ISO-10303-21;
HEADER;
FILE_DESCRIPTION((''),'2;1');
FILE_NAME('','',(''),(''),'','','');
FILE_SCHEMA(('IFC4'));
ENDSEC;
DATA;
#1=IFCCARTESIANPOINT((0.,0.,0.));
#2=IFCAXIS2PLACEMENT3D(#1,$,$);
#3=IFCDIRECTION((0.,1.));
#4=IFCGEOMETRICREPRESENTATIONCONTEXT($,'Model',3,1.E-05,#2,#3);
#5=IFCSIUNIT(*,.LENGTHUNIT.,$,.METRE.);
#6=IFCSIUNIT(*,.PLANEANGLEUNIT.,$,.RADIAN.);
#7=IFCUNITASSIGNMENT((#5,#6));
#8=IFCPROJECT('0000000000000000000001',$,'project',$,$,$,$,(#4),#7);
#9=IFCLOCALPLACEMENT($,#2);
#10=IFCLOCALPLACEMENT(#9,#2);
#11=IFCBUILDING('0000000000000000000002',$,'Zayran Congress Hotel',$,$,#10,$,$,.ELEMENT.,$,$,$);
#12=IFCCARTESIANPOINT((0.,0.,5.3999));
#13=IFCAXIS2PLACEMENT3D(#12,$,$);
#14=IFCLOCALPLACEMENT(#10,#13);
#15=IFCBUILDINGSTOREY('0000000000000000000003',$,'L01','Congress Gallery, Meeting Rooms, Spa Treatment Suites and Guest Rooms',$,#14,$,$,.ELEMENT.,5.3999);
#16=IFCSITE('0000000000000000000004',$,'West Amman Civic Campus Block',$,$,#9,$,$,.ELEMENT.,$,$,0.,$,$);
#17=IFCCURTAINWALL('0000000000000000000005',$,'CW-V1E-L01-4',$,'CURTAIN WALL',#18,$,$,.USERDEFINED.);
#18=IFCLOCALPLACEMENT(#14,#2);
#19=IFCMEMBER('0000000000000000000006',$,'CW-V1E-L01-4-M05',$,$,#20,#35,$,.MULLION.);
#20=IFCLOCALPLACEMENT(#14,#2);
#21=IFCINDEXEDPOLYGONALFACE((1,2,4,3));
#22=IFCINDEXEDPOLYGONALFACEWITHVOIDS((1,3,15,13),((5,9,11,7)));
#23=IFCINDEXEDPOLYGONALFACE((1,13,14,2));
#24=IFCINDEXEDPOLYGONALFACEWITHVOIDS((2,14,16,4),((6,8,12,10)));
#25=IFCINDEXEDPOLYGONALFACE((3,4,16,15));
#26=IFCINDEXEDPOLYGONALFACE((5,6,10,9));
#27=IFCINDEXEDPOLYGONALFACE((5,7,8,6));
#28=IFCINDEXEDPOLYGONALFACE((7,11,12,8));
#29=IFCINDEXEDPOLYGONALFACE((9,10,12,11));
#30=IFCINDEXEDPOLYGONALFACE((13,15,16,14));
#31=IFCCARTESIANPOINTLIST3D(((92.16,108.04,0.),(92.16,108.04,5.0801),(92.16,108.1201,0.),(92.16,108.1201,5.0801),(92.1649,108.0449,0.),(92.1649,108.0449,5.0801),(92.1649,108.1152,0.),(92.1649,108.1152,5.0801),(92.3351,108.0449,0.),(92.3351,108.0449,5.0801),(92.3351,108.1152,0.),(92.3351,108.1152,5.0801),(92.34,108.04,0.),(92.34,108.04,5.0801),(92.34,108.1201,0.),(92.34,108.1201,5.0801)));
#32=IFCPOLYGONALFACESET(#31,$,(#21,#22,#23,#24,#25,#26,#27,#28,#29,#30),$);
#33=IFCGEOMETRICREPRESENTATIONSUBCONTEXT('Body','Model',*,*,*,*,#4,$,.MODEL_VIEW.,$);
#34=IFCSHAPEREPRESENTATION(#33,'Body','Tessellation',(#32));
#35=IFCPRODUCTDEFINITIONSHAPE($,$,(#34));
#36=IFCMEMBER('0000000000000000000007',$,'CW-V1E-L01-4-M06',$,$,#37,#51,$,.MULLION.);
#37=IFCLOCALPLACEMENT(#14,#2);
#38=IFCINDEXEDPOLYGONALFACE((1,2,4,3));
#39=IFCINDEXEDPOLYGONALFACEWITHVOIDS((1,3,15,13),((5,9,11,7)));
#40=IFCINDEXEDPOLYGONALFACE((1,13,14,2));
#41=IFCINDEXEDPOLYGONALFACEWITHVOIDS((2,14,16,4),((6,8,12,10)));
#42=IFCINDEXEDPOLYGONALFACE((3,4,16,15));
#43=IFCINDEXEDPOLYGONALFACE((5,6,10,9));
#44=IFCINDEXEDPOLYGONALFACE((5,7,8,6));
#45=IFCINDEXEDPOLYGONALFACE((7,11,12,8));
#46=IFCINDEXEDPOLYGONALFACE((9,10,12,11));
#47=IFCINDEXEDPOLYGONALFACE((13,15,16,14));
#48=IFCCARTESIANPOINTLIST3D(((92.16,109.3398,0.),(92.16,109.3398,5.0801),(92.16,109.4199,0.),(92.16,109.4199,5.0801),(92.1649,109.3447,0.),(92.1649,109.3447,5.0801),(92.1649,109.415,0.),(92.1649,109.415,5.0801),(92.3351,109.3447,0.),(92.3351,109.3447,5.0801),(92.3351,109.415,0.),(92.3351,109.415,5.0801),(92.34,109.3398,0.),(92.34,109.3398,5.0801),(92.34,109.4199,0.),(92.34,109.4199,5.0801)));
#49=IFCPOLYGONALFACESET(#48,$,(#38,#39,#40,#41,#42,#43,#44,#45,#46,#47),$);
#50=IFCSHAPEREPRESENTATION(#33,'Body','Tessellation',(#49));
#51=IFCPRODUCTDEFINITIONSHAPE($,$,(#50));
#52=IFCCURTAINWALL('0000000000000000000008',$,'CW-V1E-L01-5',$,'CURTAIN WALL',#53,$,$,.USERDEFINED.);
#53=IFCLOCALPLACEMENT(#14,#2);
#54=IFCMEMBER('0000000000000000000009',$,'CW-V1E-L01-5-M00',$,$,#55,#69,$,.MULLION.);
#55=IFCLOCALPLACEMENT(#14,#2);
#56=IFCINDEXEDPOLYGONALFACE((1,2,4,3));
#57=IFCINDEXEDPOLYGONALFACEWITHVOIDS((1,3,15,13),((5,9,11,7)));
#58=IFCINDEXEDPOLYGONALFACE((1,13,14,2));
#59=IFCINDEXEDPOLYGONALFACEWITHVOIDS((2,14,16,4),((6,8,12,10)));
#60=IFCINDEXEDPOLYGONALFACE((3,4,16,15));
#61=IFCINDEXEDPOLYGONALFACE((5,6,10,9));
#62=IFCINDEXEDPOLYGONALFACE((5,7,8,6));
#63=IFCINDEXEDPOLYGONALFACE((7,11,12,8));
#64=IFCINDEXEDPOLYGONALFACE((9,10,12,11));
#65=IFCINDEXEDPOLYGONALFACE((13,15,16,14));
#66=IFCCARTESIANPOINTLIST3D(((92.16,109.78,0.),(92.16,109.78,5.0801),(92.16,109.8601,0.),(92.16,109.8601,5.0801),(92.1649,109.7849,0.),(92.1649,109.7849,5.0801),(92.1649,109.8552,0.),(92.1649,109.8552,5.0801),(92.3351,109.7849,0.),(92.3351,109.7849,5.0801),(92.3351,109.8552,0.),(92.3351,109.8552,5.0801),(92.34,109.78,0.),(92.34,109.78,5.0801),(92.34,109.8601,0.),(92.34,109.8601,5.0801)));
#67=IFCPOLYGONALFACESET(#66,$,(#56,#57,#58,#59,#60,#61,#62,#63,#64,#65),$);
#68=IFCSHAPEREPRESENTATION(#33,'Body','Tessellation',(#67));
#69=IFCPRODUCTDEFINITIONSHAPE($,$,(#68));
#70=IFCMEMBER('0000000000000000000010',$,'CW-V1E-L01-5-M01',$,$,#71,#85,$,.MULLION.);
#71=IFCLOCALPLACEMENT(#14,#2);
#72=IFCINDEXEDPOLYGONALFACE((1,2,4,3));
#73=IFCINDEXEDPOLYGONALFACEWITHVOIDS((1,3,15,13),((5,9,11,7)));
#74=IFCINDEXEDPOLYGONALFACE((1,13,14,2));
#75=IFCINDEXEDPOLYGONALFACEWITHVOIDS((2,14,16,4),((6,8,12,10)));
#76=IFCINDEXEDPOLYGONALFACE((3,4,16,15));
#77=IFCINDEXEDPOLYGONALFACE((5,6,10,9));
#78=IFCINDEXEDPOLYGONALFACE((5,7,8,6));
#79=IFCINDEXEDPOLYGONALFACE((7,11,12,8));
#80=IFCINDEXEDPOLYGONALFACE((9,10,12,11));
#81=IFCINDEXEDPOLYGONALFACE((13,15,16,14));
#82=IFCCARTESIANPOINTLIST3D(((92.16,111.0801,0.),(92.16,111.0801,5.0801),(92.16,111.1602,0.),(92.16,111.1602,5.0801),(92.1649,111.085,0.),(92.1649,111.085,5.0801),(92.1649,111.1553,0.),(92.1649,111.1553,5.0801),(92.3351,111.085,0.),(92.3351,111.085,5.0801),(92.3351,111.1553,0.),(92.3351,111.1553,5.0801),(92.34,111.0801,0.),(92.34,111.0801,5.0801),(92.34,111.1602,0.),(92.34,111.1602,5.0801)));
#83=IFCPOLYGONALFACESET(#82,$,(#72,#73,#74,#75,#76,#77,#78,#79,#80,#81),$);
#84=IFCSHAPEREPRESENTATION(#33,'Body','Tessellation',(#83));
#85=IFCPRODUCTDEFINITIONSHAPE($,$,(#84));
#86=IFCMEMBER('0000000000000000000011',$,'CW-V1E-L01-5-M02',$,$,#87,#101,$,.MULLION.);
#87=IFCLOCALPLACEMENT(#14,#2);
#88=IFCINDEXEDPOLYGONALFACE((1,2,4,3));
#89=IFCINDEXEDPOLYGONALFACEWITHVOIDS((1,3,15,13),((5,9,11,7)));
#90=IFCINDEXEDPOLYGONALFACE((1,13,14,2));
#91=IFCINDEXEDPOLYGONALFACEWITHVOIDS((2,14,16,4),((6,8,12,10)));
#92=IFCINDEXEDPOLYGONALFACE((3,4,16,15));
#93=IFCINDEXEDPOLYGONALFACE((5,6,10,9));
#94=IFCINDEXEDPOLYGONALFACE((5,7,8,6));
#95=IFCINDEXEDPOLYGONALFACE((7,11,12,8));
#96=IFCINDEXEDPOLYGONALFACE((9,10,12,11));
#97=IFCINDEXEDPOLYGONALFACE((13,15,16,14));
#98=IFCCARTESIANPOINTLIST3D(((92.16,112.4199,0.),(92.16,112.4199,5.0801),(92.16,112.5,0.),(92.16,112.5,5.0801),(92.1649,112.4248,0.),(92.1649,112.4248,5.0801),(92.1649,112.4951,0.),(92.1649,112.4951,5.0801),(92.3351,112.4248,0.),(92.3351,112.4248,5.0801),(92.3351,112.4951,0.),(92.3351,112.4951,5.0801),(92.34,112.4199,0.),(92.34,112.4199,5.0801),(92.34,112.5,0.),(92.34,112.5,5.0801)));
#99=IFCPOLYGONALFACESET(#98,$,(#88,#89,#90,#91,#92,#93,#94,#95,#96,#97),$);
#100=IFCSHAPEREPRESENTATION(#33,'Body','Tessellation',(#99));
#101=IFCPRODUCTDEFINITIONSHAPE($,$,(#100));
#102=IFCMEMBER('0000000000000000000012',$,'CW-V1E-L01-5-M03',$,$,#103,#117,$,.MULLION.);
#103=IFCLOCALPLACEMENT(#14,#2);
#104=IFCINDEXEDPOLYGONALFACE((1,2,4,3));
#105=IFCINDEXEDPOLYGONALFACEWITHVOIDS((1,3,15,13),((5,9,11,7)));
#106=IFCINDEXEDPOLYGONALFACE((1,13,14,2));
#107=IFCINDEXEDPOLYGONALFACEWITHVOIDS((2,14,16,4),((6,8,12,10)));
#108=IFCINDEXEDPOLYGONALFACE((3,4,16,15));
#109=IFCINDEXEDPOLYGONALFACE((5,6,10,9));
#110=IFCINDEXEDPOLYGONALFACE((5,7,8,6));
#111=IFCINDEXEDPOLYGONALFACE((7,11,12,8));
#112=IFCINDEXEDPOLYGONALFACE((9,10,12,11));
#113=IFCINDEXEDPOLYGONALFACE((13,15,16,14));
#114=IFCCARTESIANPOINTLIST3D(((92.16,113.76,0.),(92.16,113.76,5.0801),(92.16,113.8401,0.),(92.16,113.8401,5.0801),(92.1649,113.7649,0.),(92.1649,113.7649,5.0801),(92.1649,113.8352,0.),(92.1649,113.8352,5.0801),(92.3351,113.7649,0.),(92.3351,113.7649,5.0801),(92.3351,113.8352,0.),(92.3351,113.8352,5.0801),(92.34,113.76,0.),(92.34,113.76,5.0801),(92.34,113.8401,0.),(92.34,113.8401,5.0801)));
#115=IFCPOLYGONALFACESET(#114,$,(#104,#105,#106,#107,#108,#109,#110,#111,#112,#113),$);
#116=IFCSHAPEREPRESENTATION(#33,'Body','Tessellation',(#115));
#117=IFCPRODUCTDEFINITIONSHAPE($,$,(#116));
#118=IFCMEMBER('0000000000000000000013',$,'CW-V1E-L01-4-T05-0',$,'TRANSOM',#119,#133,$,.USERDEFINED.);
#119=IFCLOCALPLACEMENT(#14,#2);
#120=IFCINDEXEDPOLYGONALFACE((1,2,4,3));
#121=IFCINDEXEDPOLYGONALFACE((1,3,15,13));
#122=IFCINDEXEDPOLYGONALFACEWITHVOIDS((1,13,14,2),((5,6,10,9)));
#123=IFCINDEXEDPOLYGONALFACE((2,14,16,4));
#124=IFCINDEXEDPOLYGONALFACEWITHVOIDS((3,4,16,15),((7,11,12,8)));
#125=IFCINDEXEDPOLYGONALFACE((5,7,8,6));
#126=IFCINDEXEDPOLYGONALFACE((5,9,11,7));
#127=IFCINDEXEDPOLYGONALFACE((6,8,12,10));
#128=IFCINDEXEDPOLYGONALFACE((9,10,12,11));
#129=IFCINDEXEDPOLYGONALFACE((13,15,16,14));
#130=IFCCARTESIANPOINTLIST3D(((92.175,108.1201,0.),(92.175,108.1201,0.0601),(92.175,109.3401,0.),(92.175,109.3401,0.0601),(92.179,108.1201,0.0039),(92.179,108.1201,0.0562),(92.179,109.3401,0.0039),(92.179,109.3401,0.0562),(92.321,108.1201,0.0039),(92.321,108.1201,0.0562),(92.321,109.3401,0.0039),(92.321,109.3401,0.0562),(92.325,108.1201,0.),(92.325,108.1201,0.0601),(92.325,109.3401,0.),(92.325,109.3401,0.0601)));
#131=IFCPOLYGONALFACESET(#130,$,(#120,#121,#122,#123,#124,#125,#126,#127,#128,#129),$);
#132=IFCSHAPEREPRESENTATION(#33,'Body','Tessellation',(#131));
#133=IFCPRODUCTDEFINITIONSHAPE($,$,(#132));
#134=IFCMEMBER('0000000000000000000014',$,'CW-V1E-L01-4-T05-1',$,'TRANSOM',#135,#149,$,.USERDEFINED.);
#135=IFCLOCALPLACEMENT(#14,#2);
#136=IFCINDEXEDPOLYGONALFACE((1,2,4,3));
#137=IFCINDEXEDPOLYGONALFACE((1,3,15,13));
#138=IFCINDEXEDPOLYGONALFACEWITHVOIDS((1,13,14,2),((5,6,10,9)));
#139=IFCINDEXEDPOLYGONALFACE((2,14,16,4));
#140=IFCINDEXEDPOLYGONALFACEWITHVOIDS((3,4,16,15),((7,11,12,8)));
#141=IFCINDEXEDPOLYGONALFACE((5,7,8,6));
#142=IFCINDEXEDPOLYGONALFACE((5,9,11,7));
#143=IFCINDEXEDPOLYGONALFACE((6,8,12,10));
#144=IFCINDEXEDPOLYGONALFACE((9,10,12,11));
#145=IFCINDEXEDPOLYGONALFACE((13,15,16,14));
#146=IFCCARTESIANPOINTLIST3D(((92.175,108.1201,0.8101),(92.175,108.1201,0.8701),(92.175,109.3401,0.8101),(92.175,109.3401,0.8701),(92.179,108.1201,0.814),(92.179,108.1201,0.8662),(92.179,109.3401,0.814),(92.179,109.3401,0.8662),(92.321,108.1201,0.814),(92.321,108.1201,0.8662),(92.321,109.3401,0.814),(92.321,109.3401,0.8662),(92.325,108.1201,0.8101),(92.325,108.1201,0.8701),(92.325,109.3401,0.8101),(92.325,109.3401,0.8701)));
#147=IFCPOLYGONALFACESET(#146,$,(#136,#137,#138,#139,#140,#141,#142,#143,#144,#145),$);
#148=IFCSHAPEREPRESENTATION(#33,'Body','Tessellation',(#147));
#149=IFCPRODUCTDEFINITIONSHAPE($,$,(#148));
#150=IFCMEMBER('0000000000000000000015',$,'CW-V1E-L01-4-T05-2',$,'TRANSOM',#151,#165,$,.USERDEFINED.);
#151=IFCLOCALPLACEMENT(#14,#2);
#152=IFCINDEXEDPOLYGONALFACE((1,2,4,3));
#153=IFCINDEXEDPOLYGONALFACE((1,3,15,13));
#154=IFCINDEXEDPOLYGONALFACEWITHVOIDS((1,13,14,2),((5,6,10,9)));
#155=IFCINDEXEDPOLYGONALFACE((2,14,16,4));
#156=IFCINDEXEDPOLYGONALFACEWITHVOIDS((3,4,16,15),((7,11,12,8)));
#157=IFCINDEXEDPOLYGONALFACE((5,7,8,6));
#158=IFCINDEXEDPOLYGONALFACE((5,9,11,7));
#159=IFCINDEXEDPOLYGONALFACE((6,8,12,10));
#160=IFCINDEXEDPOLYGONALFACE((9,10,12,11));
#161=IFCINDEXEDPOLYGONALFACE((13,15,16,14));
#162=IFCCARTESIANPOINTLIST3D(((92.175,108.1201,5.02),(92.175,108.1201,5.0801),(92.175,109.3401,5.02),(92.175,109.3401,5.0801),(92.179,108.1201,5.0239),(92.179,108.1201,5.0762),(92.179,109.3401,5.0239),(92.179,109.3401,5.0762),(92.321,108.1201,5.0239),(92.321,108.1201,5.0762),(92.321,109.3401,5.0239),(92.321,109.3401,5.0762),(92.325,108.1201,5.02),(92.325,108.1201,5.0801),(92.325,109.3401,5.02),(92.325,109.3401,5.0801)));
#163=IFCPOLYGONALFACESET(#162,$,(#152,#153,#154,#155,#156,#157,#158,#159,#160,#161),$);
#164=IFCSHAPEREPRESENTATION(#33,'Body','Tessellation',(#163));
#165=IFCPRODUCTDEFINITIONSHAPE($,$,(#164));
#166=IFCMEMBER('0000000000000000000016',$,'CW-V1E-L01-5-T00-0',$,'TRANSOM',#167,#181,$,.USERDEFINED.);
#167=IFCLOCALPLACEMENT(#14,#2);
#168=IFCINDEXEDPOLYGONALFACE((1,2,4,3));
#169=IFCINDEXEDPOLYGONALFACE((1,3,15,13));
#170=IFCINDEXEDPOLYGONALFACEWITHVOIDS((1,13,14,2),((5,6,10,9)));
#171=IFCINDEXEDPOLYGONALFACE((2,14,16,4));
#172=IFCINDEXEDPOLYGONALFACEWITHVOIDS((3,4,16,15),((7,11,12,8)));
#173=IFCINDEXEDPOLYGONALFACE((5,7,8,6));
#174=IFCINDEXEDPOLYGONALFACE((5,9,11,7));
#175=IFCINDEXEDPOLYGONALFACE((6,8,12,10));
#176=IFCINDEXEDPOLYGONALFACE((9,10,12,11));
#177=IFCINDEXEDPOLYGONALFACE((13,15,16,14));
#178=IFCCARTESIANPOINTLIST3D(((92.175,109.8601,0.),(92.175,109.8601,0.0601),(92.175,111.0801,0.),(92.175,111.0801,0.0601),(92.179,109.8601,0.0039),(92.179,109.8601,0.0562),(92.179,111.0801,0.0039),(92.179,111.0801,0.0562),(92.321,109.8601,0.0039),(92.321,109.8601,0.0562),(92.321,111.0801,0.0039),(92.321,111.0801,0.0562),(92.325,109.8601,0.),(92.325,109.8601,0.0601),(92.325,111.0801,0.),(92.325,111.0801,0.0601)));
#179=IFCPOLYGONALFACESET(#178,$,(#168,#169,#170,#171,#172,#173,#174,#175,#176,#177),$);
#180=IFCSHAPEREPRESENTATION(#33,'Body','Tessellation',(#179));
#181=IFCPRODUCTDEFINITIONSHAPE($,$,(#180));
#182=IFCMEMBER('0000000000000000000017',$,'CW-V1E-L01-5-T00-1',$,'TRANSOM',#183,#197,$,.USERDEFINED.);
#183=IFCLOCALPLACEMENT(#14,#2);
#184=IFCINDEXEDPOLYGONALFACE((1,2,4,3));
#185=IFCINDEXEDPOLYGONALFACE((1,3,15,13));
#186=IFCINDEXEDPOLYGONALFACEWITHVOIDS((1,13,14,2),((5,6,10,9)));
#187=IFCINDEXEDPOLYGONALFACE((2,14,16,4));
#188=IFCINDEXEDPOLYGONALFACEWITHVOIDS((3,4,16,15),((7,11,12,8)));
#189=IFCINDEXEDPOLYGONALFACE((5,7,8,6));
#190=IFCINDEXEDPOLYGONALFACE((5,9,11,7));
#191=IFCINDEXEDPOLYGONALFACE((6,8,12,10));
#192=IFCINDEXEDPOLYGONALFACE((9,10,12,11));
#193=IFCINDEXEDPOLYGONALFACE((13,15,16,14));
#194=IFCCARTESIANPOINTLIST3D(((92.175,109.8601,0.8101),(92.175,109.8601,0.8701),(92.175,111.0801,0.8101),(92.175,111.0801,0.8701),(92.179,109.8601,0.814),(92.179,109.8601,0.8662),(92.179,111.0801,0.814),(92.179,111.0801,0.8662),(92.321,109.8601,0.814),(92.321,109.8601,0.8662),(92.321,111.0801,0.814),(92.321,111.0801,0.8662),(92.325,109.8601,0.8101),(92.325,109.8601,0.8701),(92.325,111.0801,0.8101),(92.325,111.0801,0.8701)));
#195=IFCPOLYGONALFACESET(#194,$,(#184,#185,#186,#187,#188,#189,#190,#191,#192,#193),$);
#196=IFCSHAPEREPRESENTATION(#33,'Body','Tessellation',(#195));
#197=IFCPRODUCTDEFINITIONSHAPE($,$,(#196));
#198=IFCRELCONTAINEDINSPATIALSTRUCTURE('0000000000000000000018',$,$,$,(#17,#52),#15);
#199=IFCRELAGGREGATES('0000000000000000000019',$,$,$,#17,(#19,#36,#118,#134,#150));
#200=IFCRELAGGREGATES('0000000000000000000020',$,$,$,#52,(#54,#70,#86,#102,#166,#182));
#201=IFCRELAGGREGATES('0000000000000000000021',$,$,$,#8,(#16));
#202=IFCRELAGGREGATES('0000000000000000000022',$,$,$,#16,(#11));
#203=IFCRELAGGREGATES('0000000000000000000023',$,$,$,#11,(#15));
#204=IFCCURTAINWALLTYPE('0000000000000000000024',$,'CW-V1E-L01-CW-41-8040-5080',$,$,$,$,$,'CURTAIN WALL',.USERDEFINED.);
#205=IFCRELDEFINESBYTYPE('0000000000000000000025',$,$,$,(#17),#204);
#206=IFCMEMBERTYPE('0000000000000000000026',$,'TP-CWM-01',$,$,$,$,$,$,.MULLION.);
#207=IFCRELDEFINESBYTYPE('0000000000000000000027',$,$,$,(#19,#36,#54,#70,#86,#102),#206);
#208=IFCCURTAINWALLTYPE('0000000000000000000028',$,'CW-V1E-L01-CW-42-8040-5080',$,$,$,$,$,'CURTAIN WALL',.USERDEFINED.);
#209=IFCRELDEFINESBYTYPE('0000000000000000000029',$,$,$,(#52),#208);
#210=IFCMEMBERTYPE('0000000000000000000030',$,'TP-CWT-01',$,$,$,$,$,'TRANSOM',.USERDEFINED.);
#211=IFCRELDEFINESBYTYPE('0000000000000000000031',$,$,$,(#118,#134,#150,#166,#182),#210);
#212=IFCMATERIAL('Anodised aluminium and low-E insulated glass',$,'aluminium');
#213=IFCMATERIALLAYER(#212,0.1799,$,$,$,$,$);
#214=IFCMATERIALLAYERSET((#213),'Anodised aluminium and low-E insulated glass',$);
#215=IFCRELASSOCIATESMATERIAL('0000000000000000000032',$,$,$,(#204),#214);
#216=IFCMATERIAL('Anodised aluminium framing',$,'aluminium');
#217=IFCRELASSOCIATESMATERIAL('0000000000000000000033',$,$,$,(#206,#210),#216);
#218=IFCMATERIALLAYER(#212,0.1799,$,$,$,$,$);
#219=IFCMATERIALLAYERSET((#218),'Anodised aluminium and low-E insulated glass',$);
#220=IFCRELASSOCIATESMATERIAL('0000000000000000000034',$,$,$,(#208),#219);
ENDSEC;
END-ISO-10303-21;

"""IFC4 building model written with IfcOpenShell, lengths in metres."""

from ifc_helpers import new_model, si_unit, direction, frame, origin, origin_2d, place, context, subcontext, project, spatial, hollow_rectangle, extrude, material, layer, layer_set, material_profile, profile_set, type_object, element, aggregate, save


model = new_model("IFC4")

# Units and contexts
model_context = context("Model", 3, precision=1e-05, world=origin(), true_north=direction((0.0, 1.0)))
body_context = subcontext(model_context, "Body", "Model", "MODEL_VIEW")
ifc_project = project(units=[si_unit("LENGTHUNIT", "METRE"), si_unit("PLANEANGLEUNIT", "RADIAN")], contexts=[model_context])

# Site, building, storey
site_placement = place(None, origin())
site = spatial("IfcSite", under=ifc_project, at=site_placement, Name="West Amman Civic Campus Block", CompositionType="ELEMENT", RefElevation=0.0)
building_placement = place(site_placement, origin())
building = spatial("IfcBuilding", under=site, at=building_placement, Name="Zayran Congress Hotel", CompositionType="ELEMENT")
storey_placement = place(building_placement, frame((0.0, 0.0, 5.3999)))
storey = spatial("IfcBuildingStorey", under=building, at=storey_placement, Name="L01", Description="Congress Gallery, Meeting Rooms, Spa Treatment Suites and Guest Rooms", CompositionType="ELEMENT", Elevation=5.3999)

# Curtain walls, members
ifc_material_1 = material(Name="Anodised aluminium and low-E insulated glass", Category="aluminium")
ifc_layer_1 = layer(ifc_material_1, 0.1799)
ifc_layer_set_1 = layer_set([ifc_layer_1], Name="Anodised aluminium and low-E insulated glass")
curtain_wall_type_1 = type_object("IfcCurtainWallType", Name="CW-V1E-L01-CW-41-8040-5080", ElementType="CURTAIN WALL", PredefinedType="USERDEFINED", material=ifc_layer_set_1)
curtain_wall_1_placement = place(storey_placement, origin())
curtain_wall_1 = element("IfcCurtainWall", 1, at=curtain_wall_1_placement, inside=storey, type_object=curtain_wall_type_1, Name="CW-V1E-L01-4", ObjectType="CURTAIN WALL", PredefinedType="USERDEFINED")
ifc_material_2 = material(Name="Anodised aluminium framing", Category="aluminium")
ifc_material_profile_1 = material_profile(ifc_material_2, hollow_rectangle(XDim=0.0801, YDim=0.1799, WallThickness=0.0049, at=origin_2d()), Name="RHS 180x80x5")
ifc_profile_set_1 = profile_set([ifc_material_profile_1], Name="Anodised aluminium framing")
member_type_1 = type_object("IfcMemberType", Name="TP-CWM-01", PredefinedType="MULLION", material=ifc_profile_set_1)
member_1_placement = place(storey_placement, frame((92.25, 108.0801, 0.0), z_axis=(0.0, 0.0, 1.0), x_axis=(0.0, 1.0, 0.0)))
member_1 = element("IfcMember", 2, at=member_1_placement, type_object=member_type_1, Name="CW-V1E-L01-4-M05", PredefinedType="MULLION", context=body_context, shape_type="SweptSolid", body=[
    extrude(hollow_rectangle(XDim=0.0801, YDim=0.1799, WallThickness=0.0049, at=origin_2d()), origin(), (0.0, 0.0, 1.0), 5.0801),
])
member_2_placement = place(storey_placement, frame((92.25, 109.3799, 0.0), z_axis=(0.0, 0.0, 1.0), x_axis=(0.0, 1.0, 0.0)))
member_2 = element("IfcMember", 3, at=member_2_placement, type_object=member_type_1, Name="CW-V1E-L01-4-M06", PredefinedType="MULLION", context=body_context, shape_type="SweptSolid", body=[
    extrude(hollow_rectangle(XDim=0.0801, YDim=0.1799, WallThickness=0.0049, at=origin_2d()), origin(), (0.0, 0.0, 1.0), 5.0801),
])
ifc_layer_2 = layer(ifc_material_1, 0.1799)
ifc_layer_set_2 = layer_set([ifc_layer_2], Name="Anodised aluminium and low-E insulated glass")
curtain_wall_type_2 = type_object("IfcCurtainWallType", Name="CW-V1E-L01-CW-42-8040-5080", ElementType="CURTAIN WALL", PredefinedType="USERDEFINED", material=ifc_layer_set_2)
curtain_wall_2_placement = place(storey_placement, origin())
curtain_wall_2 = element("IfcCurtainWall", 4, at=curtain_wall_2_placement, inside=storey, type_object=curtain_wall_type_2, Name="CW-V1E-L01-5", ObjectType="CURTAIN WALL", PredefinedType="USERDEFINED")
member_3_placement = place(storey_placement, frame((92.25, 109.8201, 0.0), z_axis=(0.0, 0.0, 1.0), x_axis=(0.0, 1.0, 0.0)))
member_3 = element("IfcMember", 5, at=member_3_placement, type_object=member_type_1, Name="CW-V1E-L01-5-M00", PredefinedType="MULLION", context=body_context, shape_type="SweptSolid", body=[
    extrude(hollow_rectangle(XDim=0.0801, YDim=0.1799, WallThickness=0.0049, at=origin_2d()), origin(), (0.0, 0.0, 1.0), 5.0801),
])
member_4_placement = place(storey_placement, frame((92.25, 111.1201, 0.0), z_axis=(0.0, 0.0, 1.0), x_axis=(0.0, 1.0, 0.0)))
member_4 = element("IfcMember", 6, at=member_4_placement, type_object=member_type_1, Name="CW-V1E-L01-5-M01", PredefinedType="MULLION", context=body_context, shape_type="SweptSolid", body=[
    extrude(hollow_rectangle(XDim=0.0801, YDim=0.1799, WallThickness=0.0049, at=origin_2d()), origin(), (0.0, 0.0, 1.0), 5.0801),
])
member_5_placement = place(storey_placement, frame((92.25, 112.46, 0.0), z_axis=(0.0, 0.0, 1.0), x_axis=(0.0, 1.0, 0.0)))
member_5 = element("IfcMember", 7, at=member_5_placement, type_object=member_type_1, Name="CW-V1E-L01-5-M02", PredefinedType="MULLION", context=body_context, shape_type="SweptSolid", body=[
    extrude(hollow_rectangle(XDim=0.0801, YDim=0.1799, WallThickness=0.0049, at=origin_2d()), origin(), (0.0, 0.0, 1.0), 5.0801),
])
member_6_placement = place(storey_placement, frame((92.25, 113.8, 0.0), z_axis=(0.0, 0.0, 1.0), x_axis=(0.0, 1.0, 0.0)))
member_6 = element("IfcMember", 8, at=member_6_placement, type_object=member_type_1, Name="CW-V1E-L01-5-M03", PredefinedType="MULLION", context=body_context, shape_type="SweptSolid", body=[
    extrude(hollow_rectangle(XDim=0.0801, YDim=0.1799, WallThickness=0.0049, at=origin_2d()), origin(), (0.0, 0.0, 1.0), 5.0801),
])

# Members
ifc_material_profile_2 = material_profile(ifc_material_2, hollow_rectangle(XDim=0.0601, YDim=0.1499, WallThickness=0.0039, at=origin_2d()), Name="RHS 150x60x4")
ifc_profile_set_2 = profile_set([ifc_material_profile_2], Name="Anodised aluminium framing")
member_type_2 = type_object("IfcMemberType", Name="TP-CWT-01", ElementType="TRANSOM", PredefinedType="USERDEFINED", material=ifc_profile_set_2)
member_7_placement = place(storey_placement, frame((92.25, 108.1201, 0.03), z_axis=(0.0, 1.0, 0.0), x_axis=(0.0, 0.0, 1.0)))
member_7 = element("IfcMember", 9, at=member_7_placement, type_object=member_type_2, Name="CW-V1E-L01-4-T05-0", ObjectType="TRANSOM", PredefinedType="USERDEFINED", context=body_context, shape_type="SweptSolid", body=[
    extrude(hollow_rectangle(XDim=0.0601, YDim=0.1499, WallThickness=0.0039, at=origin_2d()), origin(), (0.0, 0.0, 1.0), 1.22),
])
member_8_placement = place(storey_placement, frame((92.25, 108.1201, 0.8401), z_axis=(0.0, 1.0, 0.0), x_axis=(0.0, 0.0, 1.0)))
member_8 = element("IfcMember", 10, at=member_8_placement, type_object=member_type_2, Name="CW-V1E-L01-4-T05-1", ObjectType="TRANSOM", PredefinedType="USERDEFINED", context=body_context, shape_type="SweptSolid", body=[
    extrude(hollow_rectangle(XDim=0.0601, YDim=0.1499, WallThickness=0.0039, at=origin_2d()), origin(), (0.0, 0.0, 1.0), 1.22),
])
member_9_placement = place(storey_placement, frame((92.25, 108.1201, 5.05), z_axis=(0.0, 1.0, 0.0), x_axis=(0.0, 0.0, 1.0)))
member_9 = element("IfcMember", 11, at=member_9_placement, type_object=member_type_2, Name="CW-V1E-L01-4-T05-2", ObjectType="TRANSOM", PredefinedType="USERDEFINED", context=body_context, shape_type="SweptSolid", body=[
    extrude(hollow_rectangle(XDim=0.0601, YDim=0.1499, WallThickness=0.0039, at=origin_2d()), origin(), (0.0, 0.0, 1.0), 1.22),
])
member_10_placement = place(storey_placement, frame((92.25, 109.8601, 0.03), z_axis=(0.0, 1.0, 0.0), x_axis=(0.0, 0.0, 1.0)))
member_10 = element("IfcMember", 12, at=member_10_placement, type_object=member_type_2, Name="CW-V1E-L01-5-T00-0", ObjectType="TRANSOM", PredefinedType="USERDEFINED", context=body_context, shape_type="SweptSolid", body=[
    extrude(hollow_rectangle(XDim=0.0601, YDim=0.1499, WallThickness=0.0039, at=origin_2d()), origin(), (0.0, 0.0, 1.0), 1.22),
])
member_11_placement = place(storey_placement, frame((92.25, 109.8601, 0.8401), z_axis=(0.0, 1.0, 0.0), x_axis=(0.0, 0.0, 1.0)))
member_11 = element("IfcMember", 13, at=member_11_placement, type_object=member_type_2, Name="CW-V1E-L01-5-T00-1", ObjectType="TRANSOM", PredefinedType="USERDEFINED", context=body_context, shape_type="SweptSolid", body=[
    extrude(hollow_rectangle(XDim=0.0601, YDim=0.1499, WallThickness=0.0039, at=origin_2d()), origin(), (0.0, 0.0, 1.0), 1.22),
])

aggregate(curtain_wall_1, [member_1, member_2, member_7, member_8, member_9])
aggregate(curtain_wall_2, [member_3, member_4, member_5, member_6, member_10, member_11])

save(model, "model.ifc")
